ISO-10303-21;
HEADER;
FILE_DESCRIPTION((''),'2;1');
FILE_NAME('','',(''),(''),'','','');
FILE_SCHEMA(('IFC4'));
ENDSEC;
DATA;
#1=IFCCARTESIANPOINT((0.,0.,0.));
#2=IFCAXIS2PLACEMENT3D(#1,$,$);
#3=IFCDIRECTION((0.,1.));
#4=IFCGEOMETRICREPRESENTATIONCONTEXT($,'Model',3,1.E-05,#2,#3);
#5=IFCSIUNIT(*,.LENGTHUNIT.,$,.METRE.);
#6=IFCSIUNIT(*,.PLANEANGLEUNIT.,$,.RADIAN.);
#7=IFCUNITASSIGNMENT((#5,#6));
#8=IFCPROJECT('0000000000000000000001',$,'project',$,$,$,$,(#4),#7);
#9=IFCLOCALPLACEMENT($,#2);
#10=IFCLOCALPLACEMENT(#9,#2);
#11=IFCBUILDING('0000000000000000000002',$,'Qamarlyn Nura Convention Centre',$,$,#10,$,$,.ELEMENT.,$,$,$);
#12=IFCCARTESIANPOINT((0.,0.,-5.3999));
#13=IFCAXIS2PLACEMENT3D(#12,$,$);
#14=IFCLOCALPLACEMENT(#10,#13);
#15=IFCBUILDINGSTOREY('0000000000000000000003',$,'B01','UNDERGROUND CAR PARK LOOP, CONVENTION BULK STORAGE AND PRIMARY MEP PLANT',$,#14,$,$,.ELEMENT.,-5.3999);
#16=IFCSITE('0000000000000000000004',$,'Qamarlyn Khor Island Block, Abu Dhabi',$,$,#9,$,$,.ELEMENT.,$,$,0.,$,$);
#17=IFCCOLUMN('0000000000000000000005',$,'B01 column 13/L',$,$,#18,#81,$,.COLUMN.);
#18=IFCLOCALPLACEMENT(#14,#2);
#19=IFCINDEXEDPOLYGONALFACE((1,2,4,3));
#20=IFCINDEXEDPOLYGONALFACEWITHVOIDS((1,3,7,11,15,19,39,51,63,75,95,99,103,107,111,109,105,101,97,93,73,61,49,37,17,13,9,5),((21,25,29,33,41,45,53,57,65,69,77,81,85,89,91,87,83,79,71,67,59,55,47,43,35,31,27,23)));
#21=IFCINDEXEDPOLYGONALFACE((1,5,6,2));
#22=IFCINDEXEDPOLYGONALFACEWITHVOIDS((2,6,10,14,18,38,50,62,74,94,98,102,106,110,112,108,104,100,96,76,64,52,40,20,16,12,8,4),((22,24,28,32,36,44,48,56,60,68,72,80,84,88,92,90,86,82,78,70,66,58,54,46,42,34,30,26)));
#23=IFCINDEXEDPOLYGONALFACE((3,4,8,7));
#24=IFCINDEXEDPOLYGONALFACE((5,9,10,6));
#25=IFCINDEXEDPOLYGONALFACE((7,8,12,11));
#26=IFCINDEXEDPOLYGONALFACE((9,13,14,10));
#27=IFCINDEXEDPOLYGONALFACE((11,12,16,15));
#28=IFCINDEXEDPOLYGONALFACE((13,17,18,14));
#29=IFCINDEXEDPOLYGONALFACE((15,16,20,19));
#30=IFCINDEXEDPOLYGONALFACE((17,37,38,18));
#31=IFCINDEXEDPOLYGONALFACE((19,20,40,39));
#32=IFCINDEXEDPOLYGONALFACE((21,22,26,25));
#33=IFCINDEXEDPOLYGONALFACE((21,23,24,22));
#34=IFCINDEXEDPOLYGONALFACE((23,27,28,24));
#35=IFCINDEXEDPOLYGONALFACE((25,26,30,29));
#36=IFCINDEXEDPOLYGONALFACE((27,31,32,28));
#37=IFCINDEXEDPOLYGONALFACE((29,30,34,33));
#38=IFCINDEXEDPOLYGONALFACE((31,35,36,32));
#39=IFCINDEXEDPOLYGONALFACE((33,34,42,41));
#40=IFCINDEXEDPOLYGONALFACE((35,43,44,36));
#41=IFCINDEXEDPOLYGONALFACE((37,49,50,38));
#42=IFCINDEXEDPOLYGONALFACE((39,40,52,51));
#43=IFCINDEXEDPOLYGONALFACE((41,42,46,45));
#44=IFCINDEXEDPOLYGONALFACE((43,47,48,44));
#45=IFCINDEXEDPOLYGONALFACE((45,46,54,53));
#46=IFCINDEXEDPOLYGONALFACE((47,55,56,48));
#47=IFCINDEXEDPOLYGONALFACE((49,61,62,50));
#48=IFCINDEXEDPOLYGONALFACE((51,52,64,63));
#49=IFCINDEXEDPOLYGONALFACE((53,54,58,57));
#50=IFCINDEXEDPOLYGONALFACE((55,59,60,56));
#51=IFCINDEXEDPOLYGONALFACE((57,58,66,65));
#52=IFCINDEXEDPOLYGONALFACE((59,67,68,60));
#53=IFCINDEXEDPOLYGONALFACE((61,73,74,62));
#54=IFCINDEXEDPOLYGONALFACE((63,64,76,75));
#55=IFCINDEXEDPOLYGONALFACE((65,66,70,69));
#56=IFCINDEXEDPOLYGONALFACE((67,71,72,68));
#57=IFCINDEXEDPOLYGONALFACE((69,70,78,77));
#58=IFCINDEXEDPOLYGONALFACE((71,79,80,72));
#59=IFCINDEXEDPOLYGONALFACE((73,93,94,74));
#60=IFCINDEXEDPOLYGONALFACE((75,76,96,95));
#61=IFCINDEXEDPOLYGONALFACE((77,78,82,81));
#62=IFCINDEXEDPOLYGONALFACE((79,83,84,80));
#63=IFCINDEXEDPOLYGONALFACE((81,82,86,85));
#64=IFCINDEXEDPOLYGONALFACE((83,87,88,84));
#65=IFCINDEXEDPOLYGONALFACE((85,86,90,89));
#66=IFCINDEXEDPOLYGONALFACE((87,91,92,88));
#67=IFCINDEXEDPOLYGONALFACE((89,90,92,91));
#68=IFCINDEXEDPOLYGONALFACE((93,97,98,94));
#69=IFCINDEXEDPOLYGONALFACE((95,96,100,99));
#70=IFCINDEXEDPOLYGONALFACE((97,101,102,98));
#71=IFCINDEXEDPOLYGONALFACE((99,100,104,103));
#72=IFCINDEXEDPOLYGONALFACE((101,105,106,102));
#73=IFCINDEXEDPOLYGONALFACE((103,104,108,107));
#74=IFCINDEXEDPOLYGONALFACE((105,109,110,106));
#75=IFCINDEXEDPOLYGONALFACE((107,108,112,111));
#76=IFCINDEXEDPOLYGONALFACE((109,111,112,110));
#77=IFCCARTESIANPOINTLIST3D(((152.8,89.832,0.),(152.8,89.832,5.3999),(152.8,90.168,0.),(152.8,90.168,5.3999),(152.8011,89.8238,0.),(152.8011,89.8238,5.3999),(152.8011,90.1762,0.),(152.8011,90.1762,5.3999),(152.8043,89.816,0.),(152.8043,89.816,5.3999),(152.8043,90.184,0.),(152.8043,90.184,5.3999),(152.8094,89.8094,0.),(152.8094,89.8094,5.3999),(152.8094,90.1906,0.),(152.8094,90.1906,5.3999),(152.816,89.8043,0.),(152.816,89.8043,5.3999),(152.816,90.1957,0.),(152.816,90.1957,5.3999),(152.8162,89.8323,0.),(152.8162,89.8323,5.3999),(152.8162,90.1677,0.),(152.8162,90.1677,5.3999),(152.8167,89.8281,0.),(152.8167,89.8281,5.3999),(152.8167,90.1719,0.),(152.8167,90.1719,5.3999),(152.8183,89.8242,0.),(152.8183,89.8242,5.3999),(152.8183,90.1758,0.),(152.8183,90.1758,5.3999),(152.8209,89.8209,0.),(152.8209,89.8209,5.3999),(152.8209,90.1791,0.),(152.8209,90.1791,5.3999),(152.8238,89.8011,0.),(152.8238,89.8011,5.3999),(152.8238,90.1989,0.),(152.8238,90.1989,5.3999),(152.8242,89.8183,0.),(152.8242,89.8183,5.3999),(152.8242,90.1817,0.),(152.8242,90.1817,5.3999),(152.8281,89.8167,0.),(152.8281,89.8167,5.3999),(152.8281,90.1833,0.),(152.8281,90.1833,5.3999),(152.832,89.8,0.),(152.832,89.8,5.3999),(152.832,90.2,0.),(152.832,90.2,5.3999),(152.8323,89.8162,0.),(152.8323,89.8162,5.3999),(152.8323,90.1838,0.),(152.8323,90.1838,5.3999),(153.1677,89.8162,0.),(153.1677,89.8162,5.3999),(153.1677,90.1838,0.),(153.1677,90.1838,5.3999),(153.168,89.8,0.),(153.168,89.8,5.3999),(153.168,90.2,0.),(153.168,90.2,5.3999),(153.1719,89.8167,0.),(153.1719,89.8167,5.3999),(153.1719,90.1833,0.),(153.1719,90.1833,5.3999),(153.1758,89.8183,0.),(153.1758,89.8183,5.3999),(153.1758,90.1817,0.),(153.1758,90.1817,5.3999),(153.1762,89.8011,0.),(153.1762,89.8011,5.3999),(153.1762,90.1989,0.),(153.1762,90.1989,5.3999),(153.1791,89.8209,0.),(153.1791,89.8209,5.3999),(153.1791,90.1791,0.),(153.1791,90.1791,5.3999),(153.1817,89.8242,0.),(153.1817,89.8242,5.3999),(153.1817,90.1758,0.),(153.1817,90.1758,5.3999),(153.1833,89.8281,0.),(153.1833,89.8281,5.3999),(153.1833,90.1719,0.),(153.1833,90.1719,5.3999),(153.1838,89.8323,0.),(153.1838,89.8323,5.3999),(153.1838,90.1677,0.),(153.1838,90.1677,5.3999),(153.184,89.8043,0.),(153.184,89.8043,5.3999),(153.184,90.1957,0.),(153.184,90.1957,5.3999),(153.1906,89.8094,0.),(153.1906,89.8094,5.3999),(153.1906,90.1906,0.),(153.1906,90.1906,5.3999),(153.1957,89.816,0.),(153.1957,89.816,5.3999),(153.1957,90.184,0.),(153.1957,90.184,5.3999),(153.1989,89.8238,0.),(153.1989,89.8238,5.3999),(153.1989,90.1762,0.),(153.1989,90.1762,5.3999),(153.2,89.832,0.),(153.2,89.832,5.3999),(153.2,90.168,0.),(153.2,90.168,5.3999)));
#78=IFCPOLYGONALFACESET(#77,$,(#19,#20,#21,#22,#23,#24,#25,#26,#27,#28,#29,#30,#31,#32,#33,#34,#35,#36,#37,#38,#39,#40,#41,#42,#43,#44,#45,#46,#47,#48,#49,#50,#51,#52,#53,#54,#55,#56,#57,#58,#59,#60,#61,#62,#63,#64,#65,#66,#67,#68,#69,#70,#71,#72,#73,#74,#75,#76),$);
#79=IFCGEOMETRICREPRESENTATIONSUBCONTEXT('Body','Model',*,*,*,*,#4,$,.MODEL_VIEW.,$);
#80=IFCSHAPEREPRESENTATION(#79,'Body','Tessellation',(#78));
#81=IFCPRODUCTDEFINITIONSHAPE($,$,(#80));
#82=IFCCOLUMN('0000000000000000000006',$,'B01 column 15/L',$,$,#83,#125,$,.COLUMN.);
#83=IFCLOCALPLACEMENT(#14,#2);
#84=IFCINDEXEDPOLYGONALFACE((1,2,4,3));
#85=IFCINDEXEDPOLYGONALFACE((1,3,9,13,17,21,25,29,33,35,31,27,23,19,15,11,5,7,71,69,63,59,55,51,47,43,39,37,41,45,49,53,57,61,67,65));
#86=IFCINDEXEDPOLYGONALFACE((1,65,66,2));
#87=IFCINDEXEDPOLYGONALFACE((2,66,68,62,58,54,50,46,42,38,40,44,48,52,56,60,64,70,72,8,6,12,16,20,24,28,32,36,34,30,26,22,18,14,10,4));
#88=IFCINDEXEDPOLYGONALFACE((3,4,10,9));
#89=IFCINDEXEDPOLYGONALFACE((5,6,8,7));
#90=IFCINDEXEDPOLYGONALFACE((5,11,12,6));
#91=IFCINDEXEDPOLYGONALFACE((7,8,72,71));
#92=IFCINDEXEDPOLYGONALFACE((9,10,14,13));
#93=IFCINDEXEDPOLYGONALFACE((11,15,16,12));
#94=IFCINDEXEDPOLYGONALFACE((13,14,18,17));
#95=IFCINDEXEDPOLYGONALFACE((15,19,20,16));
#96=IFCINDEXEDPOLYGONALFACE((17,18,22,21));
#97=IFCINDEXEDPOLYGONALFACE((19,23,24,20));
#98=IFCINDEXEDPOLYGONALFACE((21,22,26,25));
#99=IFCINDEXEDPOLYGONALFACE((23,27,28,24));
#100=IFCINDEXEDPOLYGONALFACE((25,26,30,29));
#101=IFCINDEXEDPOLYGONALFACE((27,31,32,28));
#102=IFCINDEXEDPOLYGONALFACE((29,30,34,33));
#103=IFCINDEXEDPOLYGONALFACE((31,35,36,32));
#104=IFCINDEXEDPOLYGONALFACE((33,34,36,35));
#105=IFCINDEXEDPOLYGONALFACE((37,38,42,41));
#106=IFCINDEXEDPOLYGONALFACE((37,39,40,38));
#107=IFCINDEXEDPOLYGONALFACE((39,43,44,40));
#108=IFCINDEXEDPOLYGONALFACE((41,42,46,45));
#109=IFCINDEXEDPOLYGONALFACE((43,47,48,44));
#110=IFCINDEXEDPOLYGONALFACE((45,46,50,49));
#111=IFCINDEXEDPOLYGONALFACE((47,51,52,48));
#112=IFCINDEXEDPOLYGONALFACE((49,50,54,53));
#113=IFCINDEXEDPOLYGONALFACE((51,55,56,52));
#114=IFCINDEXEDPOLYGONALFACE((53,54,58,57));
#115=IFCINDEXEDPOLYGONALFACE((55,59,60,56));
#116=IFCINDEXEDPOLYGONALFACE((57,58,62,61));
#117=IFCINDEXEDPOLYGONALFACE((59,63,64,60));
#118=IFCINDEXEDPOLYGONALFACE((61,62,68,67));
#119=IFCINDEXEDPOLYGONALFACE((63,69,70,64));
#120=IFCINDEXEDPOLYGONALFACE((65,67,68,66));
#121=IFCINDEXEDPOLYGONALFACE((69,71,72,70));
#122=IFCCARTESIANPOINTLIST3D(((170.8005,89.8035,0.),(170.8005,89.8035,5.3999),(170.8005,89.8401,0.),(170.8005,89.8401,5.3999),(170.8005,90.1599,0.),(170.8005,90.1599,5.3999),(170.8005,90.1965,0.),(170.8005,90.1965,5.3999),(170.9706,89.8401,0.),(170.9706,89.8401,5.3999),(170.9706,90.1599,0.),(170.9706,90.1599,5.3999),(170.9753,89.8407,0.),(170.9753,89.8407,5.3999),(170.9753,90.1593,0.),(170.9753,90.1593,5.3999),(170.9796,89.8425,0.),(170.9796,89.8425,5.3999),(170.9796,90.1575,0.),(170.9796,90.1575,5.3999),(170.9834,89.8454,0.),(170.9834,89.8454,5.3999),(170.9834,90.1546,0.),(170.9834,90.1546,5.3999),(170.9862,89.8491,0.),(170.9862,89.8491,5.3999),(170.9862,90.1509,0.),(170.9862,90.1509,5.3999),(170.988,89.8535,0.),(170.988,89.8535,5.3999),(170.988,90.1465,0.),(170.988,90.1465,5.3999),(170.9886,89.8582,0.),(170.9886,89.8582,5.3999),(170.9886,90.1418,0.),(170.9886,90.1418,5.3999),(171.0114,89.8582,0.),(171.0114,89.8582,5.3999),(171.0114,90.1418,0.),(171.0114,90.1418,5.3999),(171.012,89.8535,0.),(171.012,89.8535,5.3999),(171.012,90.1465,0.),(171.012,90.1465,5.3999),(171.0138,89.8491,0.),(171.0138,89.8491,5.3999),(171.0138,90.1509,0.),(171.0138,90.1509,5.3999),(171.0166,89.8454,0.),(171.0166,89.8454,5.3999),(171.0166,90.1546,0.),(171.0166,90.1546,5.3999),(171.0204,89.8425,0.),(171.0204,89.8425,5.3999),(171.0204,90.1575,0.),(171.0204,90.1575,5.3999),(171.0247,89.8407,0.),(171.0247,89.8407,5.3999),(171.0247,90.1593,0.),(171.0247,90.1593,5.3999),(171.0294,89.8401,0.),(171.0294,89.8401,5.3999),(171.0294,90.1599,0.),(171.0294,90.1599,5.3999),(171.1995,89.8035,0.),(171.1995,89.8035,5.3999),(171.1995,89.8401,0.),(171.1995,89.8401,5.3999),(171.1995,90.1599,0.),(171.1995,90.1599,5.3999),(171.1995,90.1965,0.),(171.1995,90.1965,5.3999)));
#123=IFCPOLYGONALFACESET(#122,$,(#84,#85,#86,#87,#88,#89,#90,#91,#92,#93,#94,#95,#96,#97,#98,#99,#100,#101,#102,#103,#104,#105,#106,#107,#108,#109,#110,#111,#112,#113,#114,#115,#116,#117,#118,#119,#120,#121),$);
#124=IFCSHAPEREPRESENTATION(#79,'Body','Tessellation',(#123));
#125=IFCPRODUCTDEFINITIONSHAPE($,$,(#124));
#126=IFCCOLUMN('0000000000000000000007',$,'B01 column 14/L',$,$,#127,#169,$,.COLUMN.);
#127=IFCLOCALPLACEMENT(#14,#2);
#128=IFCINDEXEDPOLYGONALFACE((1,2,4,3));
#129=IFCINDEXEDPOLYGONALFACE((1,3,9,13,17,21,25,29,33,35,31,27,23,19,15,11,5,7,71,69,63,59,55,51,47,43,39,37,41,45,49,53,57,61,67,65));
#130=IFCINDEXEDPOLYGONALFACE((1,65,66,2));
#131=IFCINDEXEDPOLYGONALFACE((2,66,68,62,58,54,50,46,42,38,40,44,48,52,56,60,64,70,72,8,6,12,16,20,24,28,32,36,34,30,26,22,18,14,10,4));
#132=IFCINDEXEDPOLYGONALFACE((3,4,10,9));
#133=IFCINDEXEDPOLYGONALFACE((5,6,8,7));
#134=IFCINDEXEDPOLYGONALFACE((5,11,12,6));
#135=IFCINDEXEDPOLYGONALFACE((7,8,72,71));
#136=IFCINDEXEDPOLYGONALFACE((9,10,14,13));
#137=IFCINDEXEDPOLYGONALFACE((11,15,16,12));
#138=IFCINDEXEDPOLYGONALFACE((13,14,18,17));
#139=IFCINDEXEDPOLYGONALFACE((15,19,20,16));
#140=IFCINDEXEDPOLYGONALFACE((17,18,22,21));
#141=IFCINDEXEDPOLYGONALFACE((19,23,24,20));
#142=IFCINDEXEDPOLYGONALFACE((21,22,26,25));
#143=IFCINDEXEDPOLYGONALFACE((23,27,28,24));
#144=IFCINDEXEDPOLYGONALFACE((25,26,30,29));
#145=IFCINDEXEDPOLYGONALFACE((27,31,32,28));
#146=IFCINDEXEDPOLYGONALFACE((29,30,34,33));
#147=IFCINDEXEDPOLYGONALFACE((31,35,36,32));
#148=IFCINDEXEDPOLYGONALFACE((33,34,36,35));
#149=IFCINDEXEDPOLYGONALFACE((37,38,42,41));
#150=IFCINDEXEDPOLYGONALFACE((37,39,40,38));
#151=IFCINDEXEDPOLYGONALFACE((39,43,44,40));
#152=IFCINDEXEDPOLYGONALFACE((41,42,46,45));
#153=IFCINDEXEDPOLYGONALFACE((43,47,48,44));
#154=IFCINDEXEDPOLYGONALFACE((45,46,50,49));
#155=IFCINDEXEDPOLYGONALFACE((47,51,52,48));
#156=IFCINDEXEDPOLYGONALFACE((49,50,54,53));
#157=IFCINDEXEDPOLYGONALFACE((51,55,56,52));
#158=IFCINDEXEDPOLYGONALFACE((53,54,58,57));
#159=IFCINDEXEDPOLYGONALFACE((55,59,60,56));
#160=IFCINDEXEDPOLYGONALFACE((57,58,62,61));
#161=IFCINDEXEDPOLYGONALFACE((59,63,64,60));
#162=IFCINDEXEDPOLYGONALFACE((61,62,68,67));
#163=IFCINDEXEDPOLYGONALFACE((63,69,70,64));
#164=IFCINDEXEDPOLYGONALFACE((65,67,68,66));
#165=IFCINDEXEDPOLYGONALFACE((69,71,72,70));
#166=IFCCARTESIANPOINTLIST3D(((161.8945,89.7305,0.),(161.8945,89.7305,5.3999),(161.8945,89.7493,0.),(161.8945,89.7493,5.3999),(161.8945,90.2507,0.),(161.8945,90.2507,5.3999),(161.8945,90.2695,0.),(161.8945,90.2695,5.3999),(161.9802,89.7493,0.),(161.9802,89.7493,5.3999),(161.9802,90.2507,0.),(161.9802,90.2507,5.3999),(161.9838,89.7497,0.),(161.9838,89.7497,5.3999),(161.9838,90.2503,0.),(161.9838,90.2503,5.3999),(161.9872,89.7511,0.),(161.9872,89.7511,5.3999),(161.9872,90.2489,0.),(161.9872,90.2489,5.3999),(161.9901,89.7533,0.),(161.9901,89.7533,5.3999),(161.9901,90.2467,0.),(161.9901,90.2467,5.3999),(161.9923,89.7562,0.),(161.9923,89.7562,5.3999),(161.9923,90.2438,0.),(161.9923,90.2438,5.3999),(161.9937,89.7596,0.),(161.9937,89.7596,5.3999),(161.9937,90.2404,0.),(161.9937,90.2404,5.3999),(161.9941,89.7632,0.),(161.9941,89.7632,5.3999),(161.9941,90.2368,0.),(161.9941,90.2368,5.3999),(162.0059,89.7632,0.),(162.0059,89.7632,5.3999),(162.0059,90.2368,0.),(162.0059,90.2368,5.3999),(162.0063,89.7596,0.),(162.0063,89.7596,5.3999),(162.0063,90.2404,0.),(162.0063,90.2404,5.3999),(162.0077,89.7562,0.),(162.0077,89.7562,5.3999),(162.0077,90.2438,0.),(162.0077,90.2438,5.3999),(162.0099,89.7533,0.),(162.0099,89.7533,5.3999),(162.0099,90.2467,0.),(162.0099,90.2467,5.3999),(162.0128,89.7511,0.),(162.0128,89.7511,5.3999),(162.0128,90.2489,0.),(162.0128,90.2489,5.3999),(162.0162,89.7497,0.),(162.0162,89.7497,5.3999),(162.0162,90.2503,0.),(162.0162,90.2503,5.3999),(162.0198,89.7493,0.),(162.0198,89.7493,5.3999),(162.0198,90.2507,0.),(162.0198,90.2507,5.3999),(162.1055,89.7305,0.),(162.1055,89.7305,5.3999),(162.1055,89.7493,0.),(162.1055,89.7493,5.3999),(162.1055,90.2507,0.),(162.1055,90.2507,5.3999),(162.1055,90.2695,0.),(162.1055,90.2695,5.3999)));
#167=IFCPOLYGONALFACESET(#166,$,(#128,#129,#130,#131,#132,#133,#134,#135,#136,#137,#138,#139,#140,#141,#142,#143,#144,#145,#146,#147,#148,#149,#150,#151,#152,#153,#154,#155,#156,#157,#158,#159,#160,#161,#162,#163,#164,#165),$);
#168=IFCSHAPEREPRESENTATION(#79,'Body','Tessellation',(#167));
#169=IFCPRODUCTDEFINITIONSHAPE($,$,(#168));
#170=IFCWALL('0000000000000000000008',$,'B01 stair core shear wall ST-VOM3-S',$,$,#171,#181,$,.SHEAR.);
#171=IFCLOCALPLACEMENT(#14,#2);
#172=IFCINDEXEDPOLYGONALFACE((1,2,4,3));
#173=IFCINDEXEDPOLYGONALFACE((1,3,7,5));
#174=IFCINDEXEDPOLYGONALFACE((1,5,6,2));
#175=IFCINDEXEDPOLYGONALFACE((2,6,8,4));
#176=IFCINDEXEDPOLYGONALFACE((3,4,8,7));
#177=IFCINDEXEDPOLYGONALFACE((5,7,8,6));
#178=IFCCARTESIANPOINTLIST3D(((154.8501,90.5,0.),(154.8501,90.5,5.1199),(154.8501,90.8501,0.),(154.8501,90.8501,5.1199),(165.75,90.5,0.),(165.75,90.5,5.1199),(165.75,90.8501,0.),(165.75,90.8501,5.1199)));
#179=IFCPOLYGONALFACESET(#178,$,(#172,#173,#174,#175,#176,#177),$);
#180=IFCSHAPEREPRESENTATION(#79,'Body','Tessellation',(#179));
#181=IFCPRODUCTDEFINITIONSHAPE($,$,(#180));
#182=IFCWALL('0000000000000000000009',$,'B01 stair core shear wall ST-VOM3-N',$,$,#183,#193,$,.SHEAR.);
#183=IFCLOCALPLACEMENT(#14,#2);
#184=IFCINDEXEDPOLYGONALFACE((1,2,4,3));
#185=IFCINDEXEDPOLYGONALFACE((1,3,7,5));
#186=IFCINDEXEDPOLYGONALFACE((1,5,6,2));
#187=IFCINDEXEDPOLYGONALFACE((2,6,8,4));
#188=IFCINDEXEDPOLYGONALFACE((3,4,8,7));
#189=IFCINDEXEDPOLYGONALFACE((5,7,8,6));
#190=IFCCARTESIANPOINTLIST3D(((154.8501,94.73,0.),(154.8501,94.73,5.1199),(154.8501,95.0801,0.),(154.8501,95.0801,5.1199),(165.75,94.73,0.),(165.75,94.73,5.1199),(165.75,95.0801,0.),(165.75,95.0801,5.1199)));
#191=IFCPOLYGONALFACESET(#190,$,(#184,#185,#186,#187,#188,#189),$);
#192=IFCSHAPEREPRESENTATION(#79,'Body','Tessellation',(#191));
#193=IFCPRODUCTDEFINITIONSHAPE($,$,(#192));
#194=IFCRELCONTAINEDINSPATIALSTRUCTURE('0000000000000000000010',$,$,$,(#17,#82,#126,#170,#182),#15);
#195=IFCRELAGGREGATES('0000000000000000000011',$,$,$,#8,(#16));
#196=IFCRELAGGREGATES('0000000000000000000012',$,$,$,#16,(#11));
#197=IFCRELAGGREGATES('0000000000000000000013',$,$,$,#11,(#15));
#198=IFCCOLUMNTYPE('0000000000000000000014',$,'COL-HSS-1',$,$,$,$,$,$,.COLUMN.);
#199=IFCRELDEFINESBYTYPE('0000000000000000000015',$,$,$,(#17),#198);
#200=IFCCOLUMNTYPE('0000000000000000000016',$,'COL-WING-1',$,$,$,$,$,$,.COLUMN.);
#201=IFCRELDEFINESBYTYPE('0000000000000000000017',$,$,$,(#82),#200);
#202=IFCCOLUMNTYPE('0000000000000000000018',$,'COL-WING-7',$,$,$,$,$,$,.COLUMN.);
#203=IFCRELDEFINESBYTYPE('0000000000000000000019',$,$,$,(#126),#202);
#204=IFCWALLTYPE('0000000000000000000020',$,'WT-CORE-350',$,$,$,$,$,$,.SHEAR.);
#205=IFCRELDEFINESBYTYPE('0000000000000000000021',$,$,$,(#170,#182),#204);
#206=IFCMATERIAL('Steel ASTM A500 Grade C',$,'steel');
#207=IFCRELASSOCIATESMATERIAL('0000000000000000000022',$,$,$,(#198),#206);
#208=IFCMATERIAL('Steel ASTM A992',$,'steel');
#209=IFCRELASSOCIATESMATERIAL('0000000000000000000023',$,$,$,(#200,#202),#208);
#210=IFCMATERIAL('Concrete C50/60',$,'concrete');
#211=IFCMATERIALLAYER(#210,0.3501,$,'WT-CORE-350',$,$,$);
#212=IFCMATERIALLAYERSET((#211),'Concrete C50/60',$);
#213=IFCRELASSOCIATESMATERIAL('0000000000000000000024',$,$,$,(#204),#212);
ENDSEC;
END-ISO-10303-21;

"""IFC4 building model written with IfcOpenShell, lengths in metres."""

from ifc_helpers import new_model, si_unit, direction, frame, frame_2d, origin, origin_2d, place, context, subcontext, project, spatial, rectangle, hollow_rectangle, i_section, extrude, material, layer, layer_set, material_profile, profile_set, type_object, element, save


model = new_model("IFC4")

# Units and contexts
model_context = context("Model", 3, precision=1e-05, world=origin(), true_north=direction((0.0, 1.0)))
body_context = subcontext(model_context, "Body", "Model", "MODEL_VIEW")
ifc_project = project(units=[si_unit("LENGTHUNIT", "METRE"), si_unit("PLANEANGLEUNIT", "RADIAN")], contexts=[model_context])

# Site, building, storey
site_placement = place(None, origin())
site = spatial("IfcSite", under=ifc_project, at=site_placement, Name="Qamarlyn Khor Island Block, Abu Dhabi", CompositionType="ELEMENT", RefElevation=0.0)
building_placement = place(site_placement, origin())
building = spatial("IfcBuilding", under=site, at=building_placement, Name="Qamarlyn Nura Convention Centre", CompositionType="ELEMENT")
storey_placement = place(building_placement, frame((0.0, 0.0, -5.3999)))
storey = spatial("IfcBuildingStorey", under=building, at=storey_placement, Name="B01", Description="UNDERGROUND CAR PARK LOOP, CONVENTION BULK STORAGE AND PRIMARY MEP PLANT", CompositionType="ELEMENT", Elevation=-5.3999)

# Columns
ifc_material_1 = material(Name="Steel ASTM A500 Grade C", Category="steel")
ifc_material_profile_1 = material_profile(ifc_material_1, hollow_rectangle(XDim=0.3999, YDim=0.3999, WallThickness=0.0161, InnerFilletRadius=0.0161, OuterFilletRadius=0.032, at=origin_2d()), Name="HSS400X400X16")
ifc_profile_set_1 = profile_set([ifc_material_profile_1], Name="Steel ASTM A500 Grade C")
column_type_1 = type_object("IfcColumnType", Name="COL-HSS-1", PredefinedType="COLUMN", material=ifc_profile_set_1)
column_1_placement = place(storey_placement, frame((153.0, 90.0, 0.0), z_axis=(0.0, 0.0, 1.0), x_axis=(1.0, 0.0, 0.0)))
element("IfcColumn", 1, at=column_1_placement, inside=storey, type_object=column_type_1, Name="B01 column 13/L", PredefinedType="COLUMN", context=body_context, shape_type="SweptSolid", body=[
    extrude(hollow_rectangle(XDim=0.3999, YDim=0.3999, WallThickness=0.0161, InnerFilletRadius=0.0161, OuterFilletRadius=0.032, at=origin_2d()), origin(), (0.0, 0.0, 1.0), 5.3999),
])
ifc_material_2 = material(Name="Steel ASTM A992", Category="steel")
ifc_material_profile_2 = material_profile(ifc_material_2, i_section(OverallWidth=0.3989, OverallDepth=0.3931, WebThickness=0.0227, FlangeThickness=0.0366, FilletRadius=0.0181, at=origin_2d()), Name="W360X287")
ifc_profile_set_2 = profile_set([ifc_material_profile_2], Name="Steel ASTM A992")
column_type_2 = type_object("IfcColumnType", Name="COL-WING-1", PredefinedType="COLUMN", material=ifc_profile_set_2)
column_2_placement = place(storey_placement, frame((171.0, 90.0, 0.0), z_axis=(0.0, 0.0, 1.0), x_axis=(1.0, 0.0, 0.0)))
element("IfcColumn", 2, at=column_2_placement, inside=storey, type_object=column_type_2, Name="B01 column 15/L", PredefinedType="COLUMN", context=body_context, shape_type="SweptSolid", body=[
    extrude(i_section(OverallWidth=0.3989, OverallDepth=0.3931, WebThickness=0.0227, FlangeThickness=0.0366, FilletRadius=0.0181, at=origin_2d()), origin(), (0.0, 0.0, 1.0), 5.3999),
])
ifc_material_profile_3 = material_profile(ifc_material_2, i_section(OverallWidth=0.2109, OverallDepth=0.5391, WebThickness=0.0117, FlangeThickness=0.0188, FilletRadius=0.0139, at=origin_2d()), Name="W530X109")
ifc_profile_set_3 = profile_set([ifc_material_profile_3], Name="Steel ASTM A992")
column_type_3 = type_object("IfcColumnType", Name="COL-WING-7", PredefinedType="COLUMN", material=ifc_profile_set_3)
column_3_placement = place(storey_placement, frame((162.0, 90.0, 0.0), z_axis=(0.0, 0.0, 1.0), x_axis=(1.0, 0.0, 0.0)))
element("IfcColumn", 3, at=column_3_placement, inside=storey, type_object=column_type_3, Name="B01 column 14/L", PredefinedType="COLUMN", context=body_context, shape_type="SweptSolid", body=[
    extrude(i_section(OverallWidth=0.2109, OverallDepth=0.5391, WebThickness=0.0117, FlangeThickness=0.0188, FilletRadius=0.0139, at=origin_2d()), origin(), (0.0, 0.0, 1.0), 5.3999),
])

# Walls
ifc_material_3 = material(Name="Concrete C50/60", Category="concrete")
ifc_layer = layer(ifc_material_3, 0.3501, Name="WT-CORE-350")
ifc_layer_set = layer_set([ifc_layer], Name="Concrete C50/60")
wall_type = type_object("IfcWallType", Name="WT-CORE-350", PredefinedType="SHEAR", material=ifc_layer_set)
for number, where, z_axis, x_axis, name in (
    (4, (154.8501, 90.675, 0.0), (0.0, 0.0, 1.0), (1.0, 0.0, 0.0), "B01 stair core shear wall ST-VOM3-S"),
    (5, (165.75, 94.905, 0.0), (0.0, 0.0, 1.0), (-1.0, 0.0, 0.0), "B01 stair core shear wall ST-VOM3-N"),
):
    element("IfcWall", number, at=place(storey_placement, frame(where, z_axis=z_axis, x_axis=x_axis)), inside=storey, type_object=wall_type, Name=name, PredefinedType="SHEAR", context=body_context, shape_type="SweptSolid", body=[
        extrude(rectangle(XDim=10.8999, YDim=0.3501, at=frame_2d((5.45, 0.0))), origin(), (0.0, 0.0, 1.0), 5.1199),
    ])

save(model, "model.ifc")
